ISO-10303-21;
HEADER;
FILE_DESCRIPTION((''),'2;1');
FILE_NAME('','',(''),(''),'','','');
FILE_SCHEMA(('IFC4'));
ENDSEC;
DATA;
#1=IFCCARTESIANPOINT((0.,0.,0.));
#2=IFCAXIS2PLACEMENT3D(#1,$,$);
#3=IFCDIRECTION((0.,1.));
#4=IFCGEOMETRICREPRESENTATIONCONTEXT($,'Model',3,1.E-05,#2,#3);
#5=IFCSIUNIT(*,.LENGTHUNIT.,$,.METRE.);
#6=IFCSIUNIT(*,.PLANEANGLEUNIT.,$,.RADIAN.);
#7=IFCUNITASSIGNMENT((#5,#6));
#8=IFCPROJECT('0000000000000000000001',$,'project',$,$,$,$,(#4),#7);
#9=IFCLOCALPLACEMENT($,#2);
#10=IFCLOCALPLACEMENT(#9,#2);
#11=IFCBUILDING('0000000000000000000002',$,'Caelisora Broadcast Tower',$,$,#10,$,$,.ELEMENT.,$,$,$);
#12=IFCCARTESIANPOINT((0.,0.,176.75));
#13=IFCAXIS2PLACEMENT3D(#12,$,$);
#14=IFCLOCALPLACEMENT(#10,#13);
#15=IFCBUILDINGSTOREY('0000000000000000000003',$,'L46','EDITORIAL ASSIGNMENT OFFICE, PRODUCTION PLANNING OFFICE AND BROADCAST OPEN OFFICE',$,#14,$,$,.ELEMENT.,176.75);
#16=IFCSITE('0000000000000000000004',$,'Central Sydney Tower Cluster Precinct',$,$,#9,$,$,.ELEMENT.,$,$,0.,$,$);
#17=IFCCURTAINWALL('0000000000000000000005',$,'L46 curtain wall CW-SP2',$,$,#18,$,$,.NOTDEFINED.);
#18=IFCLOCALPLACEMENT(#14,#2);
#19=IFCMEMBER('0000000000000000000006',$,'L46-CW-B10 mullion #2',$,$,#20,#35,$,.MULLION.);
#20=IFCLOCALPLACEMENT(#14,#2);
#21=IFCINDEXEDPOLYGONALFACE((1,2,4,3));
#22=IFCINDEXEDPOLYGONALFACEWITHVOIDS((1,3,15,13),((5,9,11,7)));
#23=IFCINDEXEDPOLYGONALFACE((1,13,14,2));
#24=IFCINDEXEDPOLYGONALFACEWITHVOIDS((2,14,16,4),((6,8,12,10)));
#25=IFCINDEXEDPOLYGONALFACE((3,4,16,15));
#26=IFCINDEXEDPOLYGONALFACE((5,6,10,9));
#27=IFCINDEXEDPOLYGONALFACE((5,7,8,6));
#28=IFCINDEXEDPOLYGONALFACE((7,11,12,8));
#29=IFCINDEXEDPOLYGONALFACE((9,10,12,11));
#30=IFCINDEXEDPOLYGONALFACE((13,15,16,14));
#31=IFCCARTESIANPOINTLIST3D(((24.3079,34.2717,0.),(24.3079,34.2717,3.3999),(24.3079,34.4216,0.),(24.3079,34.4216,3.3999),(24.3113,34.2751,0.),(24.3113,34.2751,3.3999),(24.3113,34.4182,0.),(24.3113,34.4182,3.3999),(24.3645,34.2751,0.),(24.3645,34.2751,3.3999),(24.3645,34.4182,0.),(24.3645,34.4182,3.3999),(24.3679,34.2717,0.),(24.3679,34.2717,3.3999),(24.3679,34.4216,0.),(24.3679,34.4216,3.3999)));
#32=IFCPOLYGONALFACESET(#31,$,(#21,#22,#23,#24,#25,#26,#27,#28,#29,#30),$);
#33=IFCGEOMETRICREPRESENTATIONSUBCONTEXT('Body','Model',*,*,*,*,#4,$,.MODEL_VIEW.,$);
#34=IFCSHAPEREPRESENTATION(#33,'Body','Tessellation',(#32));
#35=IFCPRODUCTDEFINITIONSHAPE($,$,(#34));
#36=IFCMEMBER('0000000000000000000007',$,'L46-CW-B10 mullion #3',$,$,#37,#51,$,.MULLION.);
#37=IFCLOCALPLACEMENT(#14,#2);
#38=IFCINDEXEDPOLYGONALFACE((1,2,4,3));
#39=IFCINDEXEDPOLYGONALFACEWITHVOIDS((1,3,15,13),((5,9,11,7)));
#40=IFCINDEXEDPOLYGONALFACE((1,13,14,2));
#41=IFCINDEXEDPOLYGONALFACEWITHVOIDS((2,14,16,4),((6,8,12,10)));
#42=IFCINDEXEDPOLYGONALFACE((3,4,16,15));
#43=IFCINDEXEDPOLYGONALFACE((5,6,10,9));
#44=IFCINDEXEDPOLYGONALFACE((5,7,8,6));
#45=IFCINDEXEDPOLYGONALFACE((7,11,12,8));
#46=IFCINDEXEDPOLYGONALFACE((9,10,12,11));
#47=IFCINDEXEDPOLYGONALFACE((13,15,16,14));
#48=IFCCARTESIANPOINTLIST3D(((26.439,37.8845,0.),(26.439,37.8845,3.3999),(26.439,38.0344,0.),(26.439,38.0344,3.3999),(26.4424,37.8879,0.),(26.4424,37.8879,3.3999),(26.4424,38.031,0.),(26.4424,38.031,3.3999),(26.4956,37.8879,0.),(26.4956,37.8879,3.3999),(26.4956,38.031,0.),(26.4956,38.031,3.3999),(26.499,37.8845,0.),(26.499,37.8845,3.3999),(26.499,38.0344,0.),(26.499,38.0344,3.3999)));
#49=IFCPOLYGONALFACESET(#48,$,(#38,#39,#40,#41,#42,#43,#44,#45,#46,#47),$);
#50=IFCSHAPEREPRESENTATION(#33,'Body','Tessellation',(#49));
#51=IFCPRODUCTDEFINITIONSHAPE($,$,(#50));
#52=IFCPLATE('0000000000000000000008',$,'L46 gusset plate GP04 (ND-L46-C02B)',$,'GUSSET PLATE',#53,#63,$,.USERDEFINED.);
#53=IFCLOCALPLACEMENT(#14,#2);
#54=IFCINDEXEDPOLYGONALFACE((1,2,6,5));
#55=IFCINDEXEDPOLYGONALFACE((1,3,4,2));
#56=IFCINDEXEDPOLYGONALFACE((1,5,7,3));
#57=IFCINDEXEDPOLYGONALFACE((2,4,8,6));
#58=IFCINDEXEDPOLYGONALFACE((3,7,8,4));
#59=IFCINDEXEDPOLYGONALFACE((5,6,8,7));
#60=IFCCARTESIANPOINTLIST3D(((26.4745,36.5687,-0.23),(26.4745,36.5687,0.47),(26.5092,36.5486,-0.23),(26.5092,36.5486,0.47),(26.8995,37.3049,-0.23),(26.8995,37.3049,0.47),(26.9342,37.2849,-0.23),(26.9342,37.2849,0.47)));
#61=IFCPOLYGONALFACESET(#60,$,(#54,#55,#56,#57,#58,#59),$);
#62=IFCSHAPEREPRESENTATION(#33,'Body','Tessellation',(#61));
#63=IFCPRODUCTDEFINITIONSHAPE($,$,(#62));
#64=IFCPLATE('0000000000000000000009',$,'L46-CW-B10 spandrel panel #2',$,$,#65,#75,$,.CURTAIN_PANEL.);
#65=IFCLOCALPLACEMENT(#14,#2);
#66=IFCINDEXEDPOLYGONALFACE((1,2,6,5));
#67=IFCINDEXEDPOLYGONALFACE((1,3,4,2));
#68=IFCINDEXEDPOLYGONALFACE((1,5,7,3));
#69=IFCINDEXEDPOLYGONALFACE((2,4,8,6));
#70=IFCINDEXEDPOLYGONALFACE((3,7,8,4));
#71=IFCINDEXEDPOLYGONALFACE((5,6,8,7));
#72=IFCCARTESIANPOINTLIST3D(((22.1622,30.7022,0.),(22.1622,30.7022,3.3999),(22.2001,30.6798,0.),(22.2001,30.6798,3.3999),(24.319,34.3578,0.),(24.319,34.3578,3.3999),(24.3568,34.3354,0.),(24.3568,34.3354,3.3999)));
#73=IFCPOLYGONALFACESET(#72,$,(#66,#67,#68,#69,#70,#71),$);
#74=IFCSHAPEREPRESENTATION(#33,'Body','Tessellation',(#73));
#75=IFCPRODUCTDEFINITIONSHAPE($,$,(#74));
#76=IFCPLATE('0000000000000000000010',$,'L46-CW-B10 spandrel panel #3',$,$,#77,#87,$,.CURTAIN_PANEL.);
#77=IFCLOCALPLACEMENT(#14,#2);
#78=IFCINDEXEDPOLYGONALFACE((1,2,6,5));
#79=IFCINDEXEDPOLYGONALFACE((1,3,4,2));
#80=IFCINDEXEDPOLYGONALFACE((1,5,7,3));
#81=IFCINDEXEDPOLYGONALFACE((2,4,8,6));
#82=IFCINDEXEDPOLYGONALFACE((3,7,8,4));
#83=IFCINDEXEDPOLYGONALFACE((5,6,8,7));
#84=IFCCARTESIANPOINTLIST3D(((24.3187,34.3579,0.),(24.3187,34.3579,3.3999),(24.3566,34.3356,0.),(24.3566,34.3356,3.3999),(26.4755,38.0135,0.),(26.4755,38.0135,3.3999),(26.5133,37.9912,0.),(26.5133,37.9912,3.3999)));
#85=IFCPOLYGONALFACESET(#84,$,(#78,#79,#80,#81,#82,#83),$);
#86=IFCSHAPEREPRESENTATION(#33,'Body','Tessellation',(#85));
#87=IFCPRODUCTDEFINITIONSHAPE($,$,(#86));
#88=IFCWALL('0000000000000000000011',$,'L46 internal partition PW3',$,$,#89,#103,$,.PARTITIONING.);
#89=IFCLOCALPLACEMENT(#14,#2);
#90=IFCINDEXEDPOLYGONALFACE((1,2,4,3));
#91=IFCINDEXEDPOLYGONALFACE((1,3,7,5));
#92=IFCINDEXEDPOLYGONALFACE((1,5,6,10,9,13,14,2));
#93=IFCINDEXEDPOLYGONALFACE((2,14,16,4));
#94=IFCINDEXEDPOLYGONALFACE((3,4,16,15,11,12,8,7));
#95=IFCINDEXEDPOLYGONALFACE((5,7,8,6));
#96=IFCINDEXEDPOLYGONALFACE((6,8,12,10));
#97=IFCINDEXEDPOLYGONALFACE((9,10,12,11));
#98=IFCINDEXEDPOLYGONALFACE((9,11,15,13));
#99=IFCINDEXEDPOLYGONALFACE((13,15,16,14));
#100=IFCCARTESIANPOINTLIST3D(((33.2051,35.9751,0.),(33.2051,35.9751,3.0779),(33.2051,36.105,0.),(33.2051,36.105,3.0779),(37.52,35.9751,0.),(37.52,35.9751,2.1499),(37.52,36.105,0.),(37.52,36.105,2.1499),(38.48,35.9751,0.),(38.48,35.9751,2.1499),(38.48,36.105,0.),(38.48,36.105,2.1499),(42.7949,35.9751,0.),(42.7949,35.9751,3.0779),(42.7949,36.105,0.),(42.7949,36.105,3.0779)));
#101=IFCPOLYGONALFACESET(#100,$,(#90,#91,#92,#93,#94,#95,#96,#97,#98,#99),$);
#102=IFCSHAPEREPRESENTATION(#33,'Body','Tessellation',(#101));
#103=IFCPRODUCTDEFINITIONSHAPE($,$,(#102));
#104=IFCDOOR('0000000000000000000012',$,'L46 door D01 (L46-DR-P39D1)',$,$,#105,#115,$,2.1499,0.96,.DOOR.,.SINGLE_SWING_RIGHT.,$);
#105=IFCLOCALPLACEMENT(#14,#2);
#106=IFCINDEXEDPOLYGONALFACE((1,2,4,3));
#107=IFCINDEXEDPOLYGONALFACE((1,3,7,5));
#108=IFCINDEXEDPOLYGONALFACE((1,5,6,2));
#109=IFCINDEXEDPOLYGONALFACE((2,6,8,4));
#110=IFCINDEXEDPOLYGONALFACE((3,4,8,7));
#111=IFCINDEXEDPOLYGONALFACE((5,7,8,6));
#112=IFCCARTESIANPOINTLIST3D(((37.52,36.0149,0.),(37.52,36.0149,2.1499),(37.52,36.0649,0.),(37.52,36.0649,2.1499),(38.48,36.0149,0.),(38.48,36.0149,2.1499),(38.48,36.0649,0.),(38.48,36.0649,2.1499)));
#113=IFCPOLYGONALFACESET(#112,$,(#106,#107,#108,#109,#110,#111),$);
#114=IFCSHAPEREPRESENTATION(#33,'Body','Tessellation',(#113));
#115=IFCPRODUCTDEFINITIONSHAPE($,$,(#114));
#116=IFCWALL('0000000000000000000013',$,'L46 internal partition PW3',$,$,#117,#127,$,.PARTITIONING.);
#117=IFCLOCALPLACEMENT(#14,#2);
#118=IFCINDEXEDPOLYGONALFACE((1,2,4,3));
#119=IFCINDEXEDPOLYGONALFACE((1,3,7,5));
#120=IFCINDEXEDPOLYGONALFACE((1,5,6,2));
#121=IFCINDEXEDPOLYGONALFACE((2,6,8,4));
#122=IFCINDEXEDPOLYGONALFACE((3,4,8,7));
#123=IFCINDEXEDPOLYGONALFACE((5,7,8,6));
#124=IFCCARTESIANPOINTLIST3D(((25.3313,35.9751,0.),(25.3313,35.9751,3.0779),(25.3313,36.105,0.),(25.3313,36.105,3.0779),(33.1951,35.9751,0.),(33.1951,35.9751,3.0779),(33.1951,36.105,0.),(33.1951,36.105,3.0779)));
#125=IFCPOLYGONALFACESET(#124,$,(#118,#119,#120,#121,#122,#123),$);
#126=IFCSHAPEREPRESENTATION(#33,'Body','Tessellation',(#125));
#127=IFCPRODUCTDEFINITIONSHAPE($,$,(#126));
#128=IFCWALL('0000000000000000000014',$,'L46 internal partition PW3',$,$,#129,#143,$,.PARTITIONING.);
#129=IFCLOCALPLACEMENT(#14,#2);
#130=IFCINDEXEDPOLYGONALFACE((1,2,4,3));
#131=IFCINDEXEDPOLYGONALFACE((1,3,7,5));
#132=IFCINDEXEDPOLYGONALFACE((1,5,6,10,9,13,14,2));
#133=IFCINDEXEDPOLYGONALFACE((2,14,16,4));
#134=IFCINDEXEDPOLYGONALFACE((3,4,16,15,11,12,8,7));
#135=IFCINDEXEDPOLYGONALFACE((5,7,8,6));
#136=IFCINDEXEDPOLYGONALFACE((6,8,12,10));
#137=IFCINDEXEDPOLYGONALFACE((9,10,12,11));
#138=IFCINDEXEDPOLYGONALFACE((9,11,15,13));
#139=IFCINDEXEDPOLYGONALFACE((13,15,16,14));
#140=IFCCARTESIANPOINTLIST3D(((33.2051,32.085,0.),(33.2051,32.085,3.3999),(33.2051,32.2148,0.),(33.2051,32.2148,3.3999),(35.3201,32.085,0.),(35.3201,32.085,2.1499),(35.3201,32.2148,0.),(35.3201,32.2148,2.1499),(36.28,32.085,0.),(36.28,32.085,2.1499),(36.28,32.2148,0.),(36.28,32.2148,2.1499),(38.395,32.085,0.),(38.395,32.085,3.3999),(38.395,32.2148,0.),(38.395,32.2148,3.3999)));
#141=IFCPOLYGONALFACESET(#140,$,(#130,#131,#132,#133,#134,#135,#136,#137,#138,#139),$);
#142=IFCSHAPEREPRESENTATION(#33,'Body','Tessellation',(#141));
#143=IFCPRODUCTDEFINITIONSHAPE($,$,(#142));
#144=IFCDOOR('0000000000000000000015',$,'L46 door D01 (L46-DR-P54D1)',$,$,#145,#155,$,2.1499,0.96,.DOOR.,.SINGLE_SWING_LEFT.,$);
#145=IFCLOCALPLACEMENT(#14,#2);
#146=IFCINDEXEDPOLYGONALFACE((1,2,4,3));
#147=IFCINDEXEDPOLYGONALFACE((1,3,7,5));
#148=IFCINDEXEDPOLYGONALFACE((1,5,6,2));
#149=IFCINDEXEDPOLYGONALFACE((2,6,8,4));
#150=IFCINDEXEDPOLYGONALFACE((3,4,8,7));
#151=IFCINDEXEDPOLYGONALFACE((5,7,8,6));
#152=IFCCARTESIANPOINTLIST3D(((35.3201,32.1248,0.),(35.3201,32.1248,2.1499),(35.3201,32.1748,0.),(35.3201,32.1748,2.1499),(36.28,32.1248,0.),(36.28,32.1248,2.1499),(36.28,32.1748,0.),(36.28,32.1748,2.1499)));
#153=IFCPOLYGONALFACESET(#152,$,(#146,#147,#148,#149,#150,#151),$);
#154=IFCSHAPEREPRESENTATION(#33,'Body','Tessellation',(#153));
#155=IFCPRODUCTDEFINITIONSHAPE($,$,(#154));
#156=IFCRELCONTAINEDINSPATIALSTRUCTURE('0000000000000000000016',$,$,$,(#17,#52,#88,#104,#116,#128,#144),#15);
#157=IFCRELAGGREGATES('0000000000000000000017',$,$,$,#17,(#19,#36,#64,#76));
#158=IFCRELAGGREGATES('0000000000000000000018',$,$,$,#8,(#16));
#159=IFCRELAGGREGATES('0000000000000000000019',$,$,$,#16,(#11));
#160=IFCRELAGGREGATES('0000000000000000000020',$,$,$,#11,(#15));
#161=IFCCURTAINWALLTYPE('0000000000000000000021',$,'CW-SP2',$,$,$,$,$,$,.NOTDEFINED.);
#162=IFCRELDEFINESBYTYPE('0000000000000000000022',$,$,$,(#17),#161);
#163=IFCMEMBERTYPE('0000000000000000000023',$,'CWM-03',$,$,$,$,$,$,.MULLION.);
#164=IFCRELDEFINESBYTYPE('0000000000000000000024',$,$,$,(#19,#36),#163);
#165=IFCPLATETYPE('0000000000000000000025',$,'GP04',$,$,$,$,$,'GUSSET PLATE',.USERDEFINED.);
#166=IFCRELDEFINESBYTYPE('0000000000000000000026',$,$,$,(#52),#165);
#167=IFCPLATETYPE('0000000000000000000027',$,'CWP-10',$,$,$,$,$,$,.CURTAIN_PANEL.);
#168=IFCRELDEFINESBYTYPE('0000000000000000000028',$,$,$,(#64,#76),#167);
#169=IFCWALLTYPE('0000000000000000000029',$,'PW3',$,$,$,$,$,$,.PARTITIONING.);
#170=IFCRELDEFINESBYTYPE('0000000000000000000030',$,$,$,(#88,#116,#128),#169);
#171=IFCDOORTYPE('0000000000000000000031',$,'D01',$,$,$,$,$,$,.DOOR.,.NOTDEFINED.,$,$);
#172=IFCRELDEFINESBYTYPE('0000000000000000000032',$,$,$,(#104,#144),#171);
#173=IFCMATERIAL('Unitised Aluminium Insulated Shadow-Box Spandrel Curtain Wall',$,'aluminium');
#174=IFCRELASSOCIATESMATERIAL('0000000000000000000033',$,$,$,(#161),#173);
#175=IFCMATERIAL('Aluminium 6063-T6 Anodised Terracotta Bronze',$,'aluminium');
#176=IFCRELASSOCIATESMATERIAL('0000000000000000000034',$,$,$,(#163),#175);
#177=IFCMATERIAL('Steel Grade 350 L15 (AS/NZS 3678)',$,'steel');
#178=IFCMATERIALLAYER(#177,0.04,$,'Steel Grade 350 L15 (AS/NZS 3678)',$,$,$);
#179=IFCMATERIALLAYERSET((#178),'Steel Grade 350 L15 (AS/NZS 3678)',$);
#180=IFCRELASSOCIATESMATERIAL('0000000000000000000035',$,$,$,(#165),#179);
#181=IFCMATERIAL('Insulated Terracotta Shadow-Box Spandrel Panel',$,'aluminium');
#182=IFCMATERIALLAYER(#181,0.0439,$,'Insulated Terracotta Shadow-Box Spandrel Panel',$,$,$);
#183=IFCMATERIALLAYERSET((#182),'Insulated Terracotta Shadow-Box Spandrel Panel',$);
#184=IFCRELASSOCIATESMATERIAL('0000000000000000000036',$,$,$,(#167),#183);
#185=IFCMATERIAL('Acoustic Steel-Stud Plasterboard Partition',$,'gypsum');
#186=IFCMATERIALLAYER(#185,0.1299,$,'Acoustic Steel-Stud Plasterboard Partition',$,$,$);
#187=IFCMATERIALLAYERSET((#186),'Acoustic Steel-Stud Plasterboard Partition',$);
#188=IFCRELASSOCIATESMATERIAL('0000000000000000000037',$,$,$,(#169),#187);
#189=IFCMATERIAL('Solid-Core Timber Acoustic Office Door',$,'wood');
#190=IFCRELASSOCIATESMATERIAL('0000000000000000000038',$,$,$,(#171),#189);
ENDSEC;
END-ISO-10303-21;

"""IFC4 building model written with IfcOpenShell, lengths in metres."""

from ifc_helpers import new_model, si_unit, direction, frame, frame_2d, origin, origin_2d, place, context, subcontext, project, spatial, rectangle, hollow_rectangle, extrude, source, transform, mapped, material, layer, layer_set, material_profile, profile_set, type_object, type_shapes, element, fill, aggregate, save


model = new_model("IFC4")

# Units and contexts
model_context = context("Model", 3, precision=1e-05, world=origin(), true_north=direction((0.0, 1.0)))
body_context = subcontext(model_context, "Body", "Model", "MODEL_VIEW")
ifc_project = project(units=[si_unit("LENGTHUNIT", "METRE"), si_unit("PLANEANGLEUNIT", "RADIAN")], contexts=[model_context])

# Site, building, storey
site_placement = place(None, origin())
site = spatial("IfcSite", under=ifc_project, at=site_placement, Name="Central Sydney Tower Cluster Precinct", CompositionType="ELEMENT", RefElevation=0.0)
building_placement = place(site_placement, origin())
building = spatial("IfcBuilding", under=site, at=building_placement, Name="Caelisora Broadcast Tower", CompositionType="ELEMENT")
storey_placement = place(building_placement, frame((0.0, 0.0, 176.75)))
storey = spatial("IfcBuildingStorey", under=building, at=storey_placement, Name="L46", Description="EDITORIAL ASSIGNMENT OFFICE, PRODUCTION PLANNING OFFICE AND BROADCAST OPEN OFFICE", CompositionType="ELEMENT", Elevation=176.75)

# Shared definitions
ifc_material_1 = material(Name="Steel Grade 350 L15 (AS/NZS 3678)", Category="steel")

# Curtain wall, members
ifc_material_2 = material(Name="Unitised Aluminium Insulated Shadow-Box Spandrel Curtain Wall", Category="aluminium")
curtain_wall_type = type_object("IfcCurtainWallType", Name="CW-SP2", PredefinedType="NOTDEFINED", material=ifc_material_2)
curtain_wall_placement = place(storey_placement, origin())
curtain_wall = element("IfcCurtainWall", 1, at=curtain_wall_placement, inside=storey, type_object=curtain_wall_type, Name="L46 curtain wall CW-SP2", PredefinedType="NOTDEFINED")
ifc_material_3 = material(Name="Aluminium 6063-T6 Anodised Terracotta Bronze", Category="aluminium")
ifc_material_profile_1 = material_profile(ifc_material_3, hollow_rectangle(XDim=0.0601, YDim=0.1499, WallThickness=0.0034, at=origin_2d()), Name="Aluminium 6063-T6 Anodised Terracotta Bronze")
ifc_profile_set_1 = profile_set([ifc_material_profile_1], Name="Aluminium 6063-T6 Anodised Terracotta Bronze")
member_type_1 = type_object("IfcMemberType", Name="CWM-03", PredefinedType="MULLION", material=ifc_profile_set_1)
shared_shape_1 = source(origin(), body_context, "Body", "SweptSolid", [
    extrude(hollow_rectangle(XDim=0.0601, YDim=0.1499, WallThickness=0.0034, at=origin_2d()), origin(), (0.0, 0.0, 1.0), 3.3999),
])
type_shapes(member_type_1, [shared_shape_1])
member_1_placement = place(storey_placement, frame((24.3379, 34.3467, 0.0), z_axis=(0.0, 0.0, 1.0), x_axis=(1.0, 0.0, 0.0)))
member_1 = element("IfcMember", 2, at=member_1_placement, type_object=member_type_1, Name="L46-CW-B10 mullion #2", PredefinedType="MULLION", context=body_context, shape_type="MappedRepresentation", body=[
    mapped(shared_shape_1, transform((0.0, 0.0, 0.0), scale=1.0)),
])
member_2_placement = place(storey_placement, frame((26.469, 37.9595, 0.0), z_axis=(0.0, 0.0, 1.0), x_axis=(1.0, 0.0, 0.0)))
member_2 = element("IfcMember", 3, at=member_2_placement, type_object=member_type_1, Name="L46-CW-B10 mullion #3", PredefinedType="MULLION", context=body_context, shape_type="MappedRepresentation", body=[
    mapped(shared_shape_1, transform((0.0, 0.0, 0.0), scale=1.0)),
])

# Plates
ifc_layer_1 = layer(ifc_material_1, 0.04, Name="Steel Grade 350 L15 (AS/NZS 3678)")
ifc_layer_set_1 = layer_set([ifc_layer_1], Name="Steel Grade 350 L15 (AS/NZS 3678)")
plate_type_1 = type_object("IfcPlateType", Name="GP04", ElementType="GUSSET PLATE", PredefinedType="USERDEFINED", material=ifc_layer_set_1)
shared_shape_2 = source(origin(), body_context, "Body", "SweptSolid", [
    extrude(rectangle(XDim=0.8501, YDim=0.04, at=origin_2d()), origin(), (0.0, 0.0, 1.0), 0.7),
])
type_shapes(plate_type_1, [shared_shape_2])
plate_1_placement = place(storey_placement, frame((26.7043, 36.9268, -0.23), z_axis=(0.0, 0.0, 1.0), x_axis=(-0.5, -0.866025, 0.0)))
element("IfcPlate", 4, at=plate_1_placement, inside=storey, type_object=plate_type_1, Name="L46 gusset plate GP04 (ND-L46-C02B)", ObjectType="GUSSET PLATE", PredefinedType="USERDEFINED", context=body_context, shape_type="MappedRepresentation", body=[
    mapped(shared_shape_2, transform((0.0, 0.0, 0.0), scale=1.0)),
])
ifc_material_4 = material(Name="Insulated Terracotta Shadow-Box Spandrel Panel", Category="aluminium")
ifc_layer_2 = layer(ifc_material_4, 0.0439, Name="Insulated Terracotta Shadow-Box Spandrel Panel")
ifc_layer_set_2 = layer_set([ifc_layer_2], Name="Insulated Terracotta Shadow-Box Spandrel Panel")
plate_type_2 = type_object("IfcPlateType", Name="CWP-10", PredefinedType="CURTAIN_PANEL", material=ifc_layer_set_2)
shared_shape_3 = source(origin(), body_context, "Body", "SweptSolid", [
    extrude(rectangle(XDim=4.2444, YDim=0.0439, at=origin_2d()), origin(), (0.0, 0.0, 1.0), 3.3999),
])
type_shapes(plate_type_2, [shared_shape_3])
plate_2_placement = place(storey_placement, frame((23.2595, 32.5188, 0.0), z_axis=(0.0, 0.0, 1.0), x_axis=(0.50814, 0.861275, 0.0)))
plate_2 = element("IfcPlate", 5, at=plate_2_placement, type_object=plate_type_2, Name="L46-CW-B10 spandrel panel #2", PredefinedType="CURTAIN_PANEL", context=body_context, shape_type="MappedRepresentation", body=[
    mapped(shared_shape_3, transform((0.0, 0.0, 0.0), scale=1.0)),
])
plate_3_placement = place(storey_placement, frame((25.416, 36.1746, 0.0), z_axis=(0.0, 0.0, 1.0), x_axis=(0.50814, 0.861275, 0.0)))
plate_3 = element("IfcPlate", 6, at=plate_3_placement, type_object=plate_type_2, Name="L46-CW-B10 spandrel panel #3", PredefinedType="CURTAIN_PANEL", context=body_context, shape_type="MappedRepresentation", body=[
    mapped(shared_shape_3, transform((0.0, 0.0, 0.0), scale=1.0)),
])
aggregate(curtain_wall, [member_1, member_2, plate_2, plate_3])

# Wall, opening, door
ifc_material_5 = material(Name="Acoustic Steel-Stud Plasterboard Partition", Category="gypsum")
ifc_layer_3 = layer(ifc_material_5, 0.1299, Name="Acoustic Steel-Stud Plasterboard Partition")
ifc_layer_set_3 = layer_set([ifc_layer_3], Name="Acoustic Steel-Stud Plasterboard Partition")
wall_type = type_object("IfcWallType", Name="PW3", PredefinedType="PARTITIONING", material=ifc_layer_set_3)
wall_1_placement = place(storey_placement, frame((33.2051, 36.04, 0.0), z_axis=(0.0, 0.0, 1.0), x_axis=(1.0, 0.0, 0.0)))
wall_1 = element("IfcWall", 7, at=wall_1_placement, inside=storey, type_object=wall_type, Name="L46 internal partition PW3", PredefinedType="PARTITIONING", context=body_context, shape_type="SweptSolid", body=[
    extrude(rectangle(XDim=9.5898, YDim=0.1299, at=frame_2d((4.7949, 0.0))), origin(), (0.0, 0.0, 1.0), 3.0779),
])
opening_1_placement = place(wall_1_placement, frame((4.3149, 0.0, 0.0)))
opening_1 = element("IfcOpeningElement", 8, at=opening_1_placement, cuts=wall_1, PredefinedType="OPENING", context=body_context, shape_type="SweptSolid", body=[
    extrude(rectangle(XDim=0.96, YDim=2.1499, at=frame_2d((0.48, 1.075))), frame((0.0, 0.0769, 0.0), z_axis=(0.0, -1.0, 0.0), x_axis=(1.0, 0.0, 0.0)), (0.0, 0.0, 1.0), 0.1538),
])
ifc_material_6 = material(Name="Solid-Core Timber Acoustic Office Door", Category="wood")
door_type = type_object("IfcDoorType", Name="D01", OperationType="NOTDEFINED", PredefinedType="DOOR", material=ifc_material_6)
door_1_placement = place(opening_1_placement, origin())
door_1 = element("IfcDoor", 9, at=door_1_placement, inside=storey, type_object=door_type, Name="L46 door D01 (L46-DR-P39D1)", OperationType="SINGLE_SWING_RIGHT", OverallHeight=2.1499, OverallWidth=0.96, PredefinedType="DOOR", context=body_context, shape_type="SweptSolid", body=[
    extrude(rectangle(XDim=0.96, YDim=2.1499, at=frame_2d((0.48, 1.075))), frame((0.0, 0.0249, 0.0), z_axis=(0.0, -1.0, 0.0), x_axis=(1.0, 0.0, 0.0)), (0.0, 0.0, 1.0), 0.05),
])
fill(opening_1, door_1)

# Wall
wall_2_placement = place(storey_placement, frame((25.3313, 36.04, 0.0), z_axis=(0.0, 0.0, 1.0), x_axis=(1.0, 0.0, 0.0)))
element("IfcWall", 10, at=wall_2_placement, inside=storey, type_object=wall_type, Name="L46 internal partition PW3", PredefinedType="PARTITIONING", context=body_context, shape_type="SweptSolid", body=[
    extrude(rectangle(XDim=7.8638, YDim=0.1299, at=frame_2d((3.9319, 0.0))), origin(), (0.0, 0.0, 1.0), 3.0779),
])

# Wall, opening, door
wall_3_placement = place(storey_placement, frame((33.2051, 32.1499, 0.0), z_axis=(0.0, 0.0, 1.0), x_axis=(1.0, 0.0, 0.0)))
wall_3 = element("IfcWall", 11, at=wall_3_placement, inside=storey, type_object=wall_type, Name="L46 internal partition PW3", PredefinedType="PARTITIONING", context=body_context, shape_type="SweptSolid", body=[
    extrude(rectangle(XDim=5.1899, YDim=0.1299, at=frame_2d((2.595, 0.0))), origin(), (0.0, 0.0, 1.0), 3.3999),
])
opening_2_placement = place(wall_3_placement, frame((2.115, 0.0, 0.0)))
opening_2 = element("IfcOpeningElement", 12, at=opening_2_placement, cuts=wall_3, PredefinedType="OPENING", context=body_context, shape_type="SweptSolid", body=[
    extrude(rectangle(XDim=0.96, YDim=2.1499, at=frame_2d((0.48, 1.075))), frame((0.0, 0.0769, 0.0), z_axis=(0.0, -1.0, 0.0), x_axis=(1.0, 0.0, 0.0)), (0.0, 0.0, 1.0), 0.1538),
])
door_2_placement = place(opening_2_placement, origin())
door_2 = element("IfcDoor", 13, at=door_2_placement, inside=storey, type_object=door_type, Name="L46 door D01 (L46-DR-P54D1)", OperationType="SINGLE_SWING_LEFT", OverallHeight=2.1499, OverallWidth=0.96, PredefinedType="DOOR", context=body_context, shape_type="SweptSolid", body=[
    extrude(rectangle(XDim=0.96, YDim=2.1499, at=frame_2d((0.48, 1.075))), frame((0.0, 0.0249, 0.0), z_axis=(0.0, -1.0, 0.0), x_axis=(1.0, 0.0, 0.0)), (0.0, 0.0, 1.0), 0.05),
])
fill(opening_2, door_2)

save(model, "model.ifc")
